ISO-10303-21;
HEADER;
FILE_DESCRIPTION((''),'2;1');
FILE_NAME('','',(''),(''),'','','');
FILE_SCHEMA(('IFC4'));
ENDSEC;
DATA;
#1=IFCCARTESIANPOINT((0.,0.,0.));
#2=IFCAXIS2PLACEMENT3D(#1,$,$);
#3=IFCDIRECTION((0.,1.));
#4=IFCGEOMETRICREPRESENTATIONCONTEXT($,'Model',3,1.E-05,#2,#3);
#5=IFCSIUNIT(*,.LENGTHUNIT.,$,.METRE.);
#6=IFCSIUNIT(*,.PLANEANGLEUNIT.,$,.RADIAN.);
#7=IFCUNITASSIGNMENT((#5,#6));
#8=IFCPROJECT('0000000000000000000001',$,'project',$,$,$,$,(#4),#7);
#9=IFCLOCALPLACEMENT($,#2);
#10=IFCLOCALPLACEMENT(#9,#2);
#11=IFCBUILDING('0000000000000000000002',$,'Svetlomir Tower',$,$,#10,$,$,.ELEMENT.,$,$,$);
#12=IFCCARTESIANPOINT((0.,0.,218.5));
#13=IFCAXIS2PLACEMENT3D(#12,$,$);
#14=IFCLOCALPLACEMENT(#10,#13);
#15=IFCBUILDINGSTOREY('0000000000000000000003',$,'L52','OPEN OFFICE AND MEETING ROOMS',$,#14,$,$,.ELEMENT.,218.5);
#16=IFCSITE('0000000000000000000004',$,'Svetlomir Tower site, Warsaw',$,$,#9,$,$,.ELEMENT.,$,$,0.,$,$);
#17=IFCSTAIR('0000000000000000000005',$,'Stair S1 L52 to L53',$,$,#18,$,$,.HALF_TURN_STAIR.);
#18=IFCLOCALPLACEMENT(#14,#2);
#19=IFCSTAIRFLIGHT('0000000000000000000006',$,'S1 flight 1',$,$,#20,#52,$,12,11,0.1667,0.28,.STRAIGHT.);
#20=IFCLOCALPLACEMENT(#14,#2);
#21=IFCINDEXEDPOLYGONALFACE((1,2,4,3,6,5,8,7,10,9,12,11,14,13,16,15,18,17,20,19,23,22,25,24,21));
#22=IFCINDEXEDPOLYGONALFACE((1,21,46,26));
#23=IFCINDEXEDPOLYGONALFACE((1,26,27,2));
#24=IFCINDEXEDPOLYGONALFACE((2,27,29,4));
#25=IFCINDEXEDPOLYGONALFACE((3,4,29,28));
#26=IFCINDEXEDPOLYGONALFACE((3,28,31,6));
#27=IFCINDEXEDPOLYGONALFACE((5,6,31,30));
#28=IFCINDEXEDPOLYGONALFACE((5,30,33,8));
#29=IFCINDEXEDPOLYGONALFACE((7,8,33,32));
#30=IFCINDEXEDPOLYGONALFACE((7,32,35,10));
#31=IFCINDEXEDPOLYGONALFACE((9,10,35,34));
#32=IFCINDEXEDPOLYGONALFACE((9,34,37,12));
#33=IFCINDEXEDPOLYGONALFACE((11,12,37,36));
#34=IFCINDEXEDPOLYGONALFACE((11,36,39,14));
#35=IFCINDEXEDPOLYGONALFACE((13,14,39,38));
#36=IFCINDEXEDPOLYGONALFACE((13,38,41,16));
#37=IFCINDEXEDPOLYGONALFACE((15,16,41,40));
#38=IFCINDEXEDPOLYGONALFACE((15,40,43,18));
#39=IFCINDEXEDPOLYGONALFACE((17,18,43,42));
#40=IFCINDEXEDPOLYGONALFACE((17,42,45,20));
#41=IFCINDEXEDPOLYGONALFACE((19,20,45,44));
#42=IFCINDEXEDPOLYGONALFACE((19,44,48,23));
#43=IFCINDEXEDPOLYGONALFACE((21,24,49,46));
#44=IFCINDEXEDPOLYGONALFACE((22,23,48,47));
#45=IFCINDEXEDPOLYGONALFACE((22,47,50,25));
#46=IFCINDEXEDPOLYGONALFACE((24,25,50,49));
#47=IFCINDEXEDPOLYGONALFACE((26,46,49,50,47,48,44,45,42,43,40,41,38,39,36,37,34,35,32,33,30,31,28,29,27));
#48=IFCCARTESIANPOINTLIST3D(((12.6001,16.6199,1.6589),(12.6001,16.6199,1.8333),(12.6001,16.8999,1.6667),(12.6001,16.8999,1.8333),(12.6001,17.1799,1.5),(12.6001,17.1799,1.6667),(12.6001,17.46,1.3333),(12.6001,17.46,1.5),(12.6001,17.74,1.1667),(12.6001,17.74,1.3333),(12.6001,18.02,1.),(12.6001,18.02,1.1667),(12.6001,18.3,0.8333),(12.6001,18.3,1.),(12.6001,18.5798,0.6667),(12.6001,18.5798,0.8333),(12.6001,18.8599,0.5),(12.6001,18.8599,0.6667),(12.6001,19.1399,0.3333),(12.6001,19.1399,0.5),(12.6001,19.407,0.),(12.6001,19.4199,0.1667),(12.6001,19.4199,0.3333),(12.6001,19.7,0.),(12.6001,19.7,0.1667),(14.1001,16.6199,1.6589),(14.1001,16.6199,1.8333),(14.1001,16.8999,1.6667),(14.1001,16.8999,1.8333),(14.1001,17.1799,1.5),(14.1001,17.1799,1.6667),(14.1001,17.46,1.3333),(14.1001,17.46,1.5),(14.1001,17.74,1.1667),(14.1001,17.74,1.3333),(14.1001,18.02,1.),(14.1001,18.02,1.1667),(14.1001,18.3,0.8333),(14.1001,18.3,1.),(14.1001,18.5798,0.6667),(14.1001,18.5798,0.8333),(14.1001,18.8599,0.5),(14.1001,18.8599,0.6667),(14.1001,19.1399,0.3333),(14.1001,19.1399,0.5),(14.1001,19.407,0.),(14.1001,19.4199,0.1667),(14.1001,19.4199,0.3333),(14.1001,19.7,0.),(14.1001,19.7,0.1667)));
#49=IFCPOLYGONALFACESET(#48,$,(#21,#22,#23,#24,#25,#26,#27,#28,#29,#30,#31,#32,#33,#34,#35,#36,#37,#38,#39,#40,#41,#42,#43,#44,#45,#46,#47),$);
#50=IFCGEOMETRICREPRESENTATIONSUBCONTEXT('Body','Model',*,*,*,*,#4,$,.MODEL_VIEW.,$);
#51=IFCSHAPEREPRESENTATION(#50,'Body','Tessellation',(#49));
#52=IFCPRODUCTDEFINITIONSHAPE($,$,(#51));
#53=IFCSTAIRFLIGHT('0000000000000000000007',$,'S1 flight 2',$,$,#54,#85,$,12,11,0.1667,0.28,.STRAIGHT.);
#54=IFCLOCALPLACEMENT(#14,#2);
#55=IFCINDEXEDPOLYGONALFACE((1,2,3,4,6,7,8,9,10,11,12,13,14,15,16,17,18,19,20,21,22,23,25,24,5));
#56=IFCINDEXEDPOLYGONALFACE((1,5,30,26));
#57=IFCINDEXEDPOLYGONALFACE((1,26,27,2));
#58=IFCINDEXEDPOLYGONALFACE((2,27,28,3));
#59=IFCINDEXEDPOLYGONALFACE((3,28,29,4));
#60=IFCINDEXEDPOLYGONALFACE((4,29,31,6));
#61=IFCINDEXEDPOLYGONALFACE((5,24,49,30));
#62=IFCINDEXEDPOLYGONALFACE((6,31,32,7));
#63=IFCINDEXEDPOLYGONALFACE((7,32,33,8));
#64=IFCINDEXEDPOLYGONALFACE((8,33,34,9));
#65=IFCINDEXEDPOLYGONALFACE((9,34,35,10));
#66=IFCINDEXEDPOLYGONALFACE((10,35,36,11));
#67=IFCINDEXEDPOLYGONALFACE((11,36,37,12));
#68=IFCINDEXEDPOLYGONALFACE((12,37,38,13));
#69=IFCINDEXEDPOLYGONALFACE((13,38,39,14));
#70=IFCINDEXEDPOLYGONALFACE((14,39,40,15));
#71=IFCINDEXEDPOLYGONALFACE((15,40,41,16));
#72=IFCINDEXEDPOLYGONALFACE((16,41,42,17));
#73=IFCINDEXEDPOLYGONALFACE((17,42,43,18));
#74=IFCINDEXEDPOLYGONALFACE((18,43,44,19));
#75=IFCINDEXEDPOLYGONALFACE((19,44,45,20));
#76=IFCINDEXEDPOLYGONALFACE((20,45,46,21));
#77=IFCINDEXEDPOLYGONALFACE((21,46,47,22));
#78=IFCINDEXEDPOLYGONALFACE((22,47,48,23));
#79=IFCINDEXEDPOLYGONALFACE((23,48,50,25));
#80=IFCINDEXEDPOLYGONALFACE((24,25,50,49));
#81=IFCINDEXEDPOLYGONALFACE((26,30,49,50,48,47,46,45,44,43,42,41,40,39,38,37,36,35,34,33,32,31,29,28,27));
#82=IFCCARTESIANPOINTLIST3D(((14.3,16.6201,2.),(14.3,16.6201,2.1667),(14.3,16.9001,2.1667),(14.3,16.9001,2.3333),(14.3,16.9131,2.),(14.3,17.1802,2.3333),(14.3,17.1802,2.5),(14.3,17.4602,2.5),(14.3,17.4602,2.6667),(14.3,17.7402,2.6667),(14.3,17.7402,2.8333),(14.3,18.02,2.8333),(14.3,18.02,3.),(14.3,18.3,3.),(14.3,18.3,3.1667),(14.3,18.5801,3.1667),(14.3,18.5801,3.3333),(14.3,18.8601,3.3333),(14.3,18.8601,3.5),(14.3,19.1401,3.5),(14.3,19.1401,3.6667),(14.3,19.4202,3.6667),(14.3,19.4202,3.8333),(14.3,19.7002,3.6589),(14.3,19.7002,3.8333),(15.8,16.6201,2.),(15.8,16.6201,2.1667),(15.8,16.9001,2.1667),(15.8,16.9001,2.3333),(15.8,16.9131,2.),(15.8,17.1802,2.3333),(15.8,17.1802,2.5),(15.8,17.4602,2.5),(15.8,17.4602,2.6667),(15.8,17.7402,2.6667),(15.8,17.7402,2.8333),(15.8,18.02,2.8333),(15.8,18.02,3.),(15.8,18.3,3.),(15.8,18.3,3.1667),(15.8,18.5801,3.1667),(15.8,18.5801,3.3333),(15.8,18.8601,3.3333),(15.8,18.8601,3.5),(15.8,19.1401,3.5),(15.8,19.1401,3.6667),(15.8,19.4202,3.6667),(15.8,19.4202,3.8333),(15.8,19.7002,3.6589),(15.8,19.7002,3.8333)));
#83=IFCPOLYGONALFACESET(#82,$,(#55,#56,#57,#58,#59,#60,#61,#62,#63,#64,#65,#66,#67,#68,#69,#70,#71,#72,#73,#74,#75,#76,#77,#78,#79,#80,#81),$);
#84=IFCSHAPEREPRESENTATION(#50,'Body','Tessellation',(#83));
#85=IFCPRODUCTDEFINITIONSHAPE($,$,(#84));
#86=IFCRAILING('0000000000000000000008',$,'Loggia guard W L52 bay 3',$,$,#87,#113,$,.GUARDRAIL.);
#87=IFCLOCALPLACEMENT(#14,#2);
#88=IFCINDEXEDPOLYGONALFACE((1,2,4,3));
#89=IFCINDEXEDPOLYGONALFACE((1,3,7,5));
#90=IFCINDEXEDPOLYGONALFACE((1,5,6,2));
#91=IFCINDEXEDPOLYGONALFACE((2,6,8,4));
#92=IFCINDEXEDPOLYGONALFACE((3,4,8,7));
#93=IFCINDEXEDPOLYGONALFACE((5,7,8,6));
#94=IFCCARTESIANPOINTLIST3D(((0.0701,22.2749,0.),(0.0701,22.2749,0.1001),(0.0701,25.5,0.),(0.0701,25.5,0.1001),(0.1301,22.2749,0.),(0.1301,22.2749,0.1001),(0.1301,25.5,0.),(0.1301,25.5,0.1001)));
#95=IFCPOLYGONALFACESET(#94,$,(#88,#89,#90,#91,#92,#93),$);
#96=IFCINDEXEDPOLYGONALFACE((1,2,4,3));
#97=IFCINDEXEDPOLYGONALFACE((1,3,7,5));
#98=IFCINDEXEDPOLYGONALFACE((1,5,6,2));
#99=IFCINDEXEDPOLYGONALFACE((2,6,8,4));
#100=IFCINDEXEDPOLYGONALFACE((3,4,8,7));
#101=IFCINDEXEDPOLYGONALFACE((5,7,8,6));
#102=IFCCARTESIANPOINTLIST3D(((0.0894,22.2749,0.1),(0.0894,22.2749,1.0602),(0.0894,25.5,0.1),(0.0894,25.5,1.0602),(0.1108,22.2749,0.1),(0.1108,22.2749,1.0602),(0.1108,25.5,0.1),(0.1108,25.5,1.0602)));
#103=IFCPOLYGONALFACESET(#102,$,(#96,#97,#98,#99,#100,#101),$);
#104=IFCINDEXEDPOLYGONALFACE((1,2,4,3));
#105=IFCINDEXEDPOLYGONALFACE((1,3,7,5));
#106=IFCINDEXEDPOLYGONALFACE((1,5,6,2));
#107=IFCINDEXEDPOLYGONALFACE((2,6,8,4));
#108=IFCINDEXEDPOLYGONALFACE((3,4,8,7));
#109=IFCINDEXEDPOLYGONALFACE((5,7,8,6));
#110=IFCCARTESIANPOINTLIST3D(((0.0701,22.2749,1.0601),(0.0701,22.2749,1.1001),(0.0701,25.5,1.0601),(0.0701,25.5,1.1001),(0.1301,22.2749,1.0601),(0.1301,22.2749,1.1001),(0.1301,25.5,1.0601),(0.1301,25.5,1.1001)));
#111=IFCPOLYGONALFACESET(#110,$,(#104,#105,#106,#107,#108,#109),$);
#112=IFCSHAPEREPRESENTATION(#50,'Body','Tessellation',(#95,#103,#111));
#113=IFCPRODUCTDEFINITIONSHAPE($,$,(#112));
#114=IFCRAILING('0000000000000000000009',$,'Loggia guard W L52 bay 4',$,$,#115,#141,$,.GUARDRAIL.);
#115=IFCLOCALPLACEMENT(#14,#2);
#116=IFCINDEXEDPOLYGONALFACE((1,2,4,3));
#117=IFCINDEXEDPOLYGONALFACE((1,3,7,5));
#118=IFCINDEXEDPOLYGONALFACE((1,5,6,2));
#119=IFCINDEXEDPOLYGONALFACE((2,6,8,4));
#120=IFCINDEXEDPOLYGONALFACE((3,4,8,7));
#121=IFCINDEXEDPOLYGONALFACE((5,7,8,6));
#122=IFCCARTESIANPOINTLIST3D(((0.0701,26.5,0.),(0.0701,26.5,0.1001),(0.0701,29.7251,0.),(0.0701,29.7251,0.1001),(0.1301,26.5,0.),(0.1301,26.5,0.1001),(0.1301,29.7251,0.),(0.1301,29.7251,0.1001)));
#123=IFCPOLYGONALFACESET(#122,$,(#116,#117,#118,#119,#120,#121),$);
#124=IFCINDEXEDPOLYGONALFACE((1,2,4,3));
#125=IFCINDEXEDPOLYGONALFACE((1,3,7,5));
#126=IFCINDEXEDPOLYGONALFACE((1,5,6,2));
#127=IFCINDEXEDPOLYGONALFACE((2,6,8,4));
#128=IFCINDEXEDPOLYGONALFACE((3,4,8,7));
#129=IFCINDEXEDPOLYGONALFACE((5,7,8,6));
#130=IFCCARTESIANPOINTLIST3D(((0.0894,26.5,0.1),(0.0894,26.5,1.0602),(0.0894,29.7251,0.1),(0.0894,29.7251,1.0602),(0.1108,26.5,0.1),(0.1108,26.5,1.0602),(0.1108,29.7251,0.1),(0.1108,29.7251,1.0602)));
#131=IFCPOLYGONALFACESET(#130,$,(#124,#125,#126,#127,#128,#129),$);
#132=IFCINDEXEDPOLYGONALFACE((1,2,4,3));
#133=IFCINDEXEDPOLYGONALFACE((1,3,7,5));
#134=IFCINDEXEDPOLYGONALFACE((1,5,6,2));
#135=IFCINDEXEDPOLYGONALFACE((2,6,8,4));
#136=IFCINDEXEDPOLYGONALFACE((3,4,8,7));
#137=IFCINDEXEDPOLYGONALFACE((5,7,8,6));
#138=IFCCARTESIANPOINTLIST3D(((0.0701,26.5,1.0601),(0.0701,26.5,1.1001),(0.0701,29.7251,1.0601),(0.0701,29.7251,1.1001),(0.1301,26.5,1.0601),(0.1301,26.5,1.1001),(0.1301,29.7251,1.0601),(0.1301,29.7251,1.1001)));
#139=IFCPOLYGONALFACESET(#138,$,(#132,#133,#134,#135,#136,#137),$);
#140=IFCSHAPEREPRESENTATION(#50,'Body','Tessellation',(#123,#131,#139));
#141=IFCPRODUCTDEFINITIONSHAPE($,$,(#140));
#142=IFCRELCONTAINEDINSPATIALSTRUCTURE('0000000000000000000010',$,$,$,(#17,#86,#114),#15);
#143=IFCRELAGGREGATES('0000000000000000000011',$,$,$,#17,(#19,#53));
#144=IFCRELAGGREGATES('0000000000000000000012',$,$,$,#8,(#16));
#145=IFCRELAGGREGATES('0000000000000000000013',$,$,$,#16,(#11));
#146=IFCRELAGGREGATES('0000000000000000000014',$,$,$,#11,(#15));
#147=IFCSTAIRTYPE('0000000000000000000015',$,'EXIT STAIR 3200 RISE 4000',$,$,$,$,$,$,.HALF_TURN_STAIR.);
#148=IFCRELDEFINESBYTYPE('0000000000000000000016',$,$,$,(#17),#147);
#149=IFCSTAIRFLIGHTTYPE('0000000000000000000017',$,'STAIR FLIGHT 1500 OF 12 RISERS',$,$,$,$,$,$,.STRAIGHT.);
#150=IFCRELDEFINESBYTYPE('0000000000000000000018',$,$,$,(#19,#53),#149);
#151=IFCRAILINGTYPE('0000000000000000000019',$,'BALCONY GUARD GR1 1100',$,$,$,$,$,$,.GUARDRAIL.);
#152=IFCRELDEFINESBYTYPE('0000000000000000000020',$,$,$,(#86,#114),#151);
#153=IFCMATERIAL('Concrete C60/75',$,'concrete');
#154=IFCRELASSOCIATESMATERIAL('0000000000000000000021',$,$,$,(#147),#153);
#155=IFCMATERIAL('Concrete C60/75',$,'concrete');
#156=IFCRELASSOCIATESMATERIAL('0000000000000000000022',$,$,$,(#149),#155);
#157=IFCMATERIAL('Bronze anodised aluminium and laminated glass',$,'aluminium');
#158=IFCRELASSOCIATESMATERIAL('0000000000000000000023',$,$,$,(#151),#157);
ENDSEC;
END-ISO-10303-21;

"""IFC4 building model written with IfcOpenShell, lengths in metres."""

from ifc_helpers import new_model, si_unit, direction, frame, origin, origin_2d, place, context, subcontext, project, spatial, polyline, rectangle, outline, extrude, material, type_object, element, aggregate, save


model = new_model("IFC4")

# Units and contexts
model_context = context("Model", 3, precision=1e-05, world=origin(), true_north=direction((0.0, 1.0)))
body_context = subcontext(model_context, "Body", "Model", "MODEL_VIEW")
ifc_project = project(units=[si_unit("LENGTHUNIT", "METRE"), si_unit("PLANEANGLEUNIT", "RADIAN")], contexts=[model_context])

# Site, building, storey
site_placement = place(None, origin())
site = spatial("IfcSite", under=ifc_project, at=site_placement, Name="Svetlomir Tower site, Warsaw", CompositionType="ELEMENT", RefElevation=0.0)
building_placement = place(site_placement, origin())
building = spatial("IfcBuilding", under=site, at=building_placement, Name="Svetlomir Tower", CompositionType="ELEMENT")
storey_placement = place(building_placement, frame((0.0, 0.0, 218.5)))
storey = spatial("IfcBuildingStorey", under=building, at=storey_placement, Name="L52", Description="OPEN OFFICE AND MEETING ROOMS", CompositionType="ELEMENT", Elevation=218.5)

# Stair, stair flights
ifc_material_1 = material(Name="Concrete C60/75", Category="concrete")
stair_type = type_object("IfcStairType", Name="EXIT STAIR 3200 RISE 4000", PredefinedType="HALF_TURN_STAIR", material=ifc_material_1)
stair_placement = place(storey_placement, origin())
stair = element("IfcStair", 1, at=stair_placement, inside=storey, type_object=stair_type, Name="Stair S1 L52 to L53", PredefinedType="HALF_TURN_STAIR")
ifc_material_2 = material(Name="Concrete C60/75", Category="concrete")
stair_flight_type = type_object("IfcStairFlightType", Name="STAIR FLIGHT 1500 OF 12 RISERS", PredefinedType="STRAIGHT", material=ifc_material_2)
stair_flight_1_placement = place(storey_placement, frame((13.3501, 19.7, 0.0), z_axis=(0.0, 0.0, 1.0), x_axis=(0.0, -1.0, 0.0)))
stair_flight_1 = element("IfcStairFlight", 2, at=stair_flight_1_placement, type_object=stair_flight_type, Name="S1 flight 1", NumberOfRisers=12, NumberOfTreads=11, PredefinedType="STRAIGHT", RiserHeight=0.1667, TreadLength=0.28, context=body_context, shape_type="SweptSolid", body=[
    extrude(outline(polyline([(0.0, 0.0), (0.0, 0.1667), (0.28, 0.1667), (0.28, 0.3333), (0.5601, 0.3333), (0.5601, 0.5), (0.8401, 0.5), (0.8401, 0.6667), (1.1201, 0.6667), (1.1201, 0.8333), (1.3999, 0.8333), (1.3999, 1.0), (1.6799, 1.0), (1.6799, 1.1667), (1.96, 1.1667), (1.96, 1.3333), (2.24, 1.3333), (2.24, 1.5), (2.52, 1.5), (2.52, 1.6667), (2.8, 1.6667), (2.8, 1.8333), (3.0801, 1.8333), (3.0801, 2.0), (3.0801, 1.6589), (0.293, 0.0), (0.0, 0.0)])), frame((0.0, 0.75, 0.0), z_axis=(0.0, -1.0, 0.0), x_axis=(1.0, 0.0, 0.0)), (0.0, 0.0, 1.0), 1.5),
])
stair_flight_2_placement = place(storey_placement, frame((15.05, 16.6201, 2.0), z_axis=(0.0, 0.0, 1.0), x_axis=(0.0, 1.0, 0.0)))
stair_flight_2 = element("IfcStairFlight", 3, at=stair_flight_2_placement, type_object=stair_flight_type, Name="S1 flight 2", NumberOfRisers=12, NumberOfTreads=11, PredefinedType="STRAIGHT", RiserHeight=0.1667, TreadLength=0.28, context=body_context, shape_type="SweptSolid", body=[
    extrude(outline(polyline([(0.0, 0.0), (0.0, 0.1667), (0.28, 0.1667), (0.28, 0.3333), (0.5601, 0.3333), (0.5601, 0.5), (0.8401, 0.5), (0.8401, 0.6667), (1.1201, 0.6667), (1.1201, 0.8333), (1.3999, 0.8333), (1.3999, 1.0), (1.6799, 1.0), (1.6799, 1.1667), (1.96, 1.1667), (1.96, 1.3333), (2.24, 1.3333), (2.24, 1.5), (2.52, 1.5), (2.52, 1.6667), (2.8, 1.6667), (2.8, 1.8333), (3.0801, 1.8333), (3.0801, 2.0), (3.0801, 1.6589), (0.293, 0.0), (0.0, 0.0)])), frame((0.0, 0.75, 0.0), z_axis=(0.0, -1.0, 0.0), x_axis=(1.0, 0.0, 0.0)), (0.0, 0.0, 1.0), 1.5),
])
aggregate(stair, [stair_flight_1, stair_flight_2])

# Railings
ifc_material_3 = material(Name="Bronze anodised aluminium and laminated glass", Category="aluminium")
railing_type_1 = type_object("IfcRailingType", Name="BALCONY GUARD GR1 1100", PredefinedType="GUARDRAIL", material=ifc_material_3)
for number, where, name in (
    (4, (0.1001, 22.2749, 0.0), "Loggia guard W L52 bay 3"),
    (5, (0.1001, 26.5, 0.0), "Loggia guard W L52 bay 4"),
):
    element("IfcRailing", number, at=place(storey_placement, frame(where)), inside=storey, type_object=railing_type_1, Name=name, PredefinedType="GUARDRAIL", context=body_context, shape_type="SweptSolid", body=[
        extrude(rectangle(XDim=0.0601, YDim=0.1001, at=origin_2d()), frame((0.0, 0.0, 0.05), z_axis=(0.0, 1.0, 0.0), x_axis=(-1.0, 0.0, 0.0)), (0.0, 0.0, 1.0), 3.2251),
        extrude(rectangle(XDim=0.0215, YDim=0.9602, at=origin_2d()), frame((0.0, 0.0, 0.5801), z_axis=(0.0, 1.0, 0.0), x_axis=(-1.0, 0.0, 0.0)), (0.0, 0.0, 1.0), 3.2251),
        extrude(rectangle(XDim=0.0601, YDim=0.04, at=origin_2d()), frame((0.0, 0.0, 1.0801), z_axis=(0.0, 1.0, 0.0), x_axis=(-1.0, 0.0, 0.0)), (0.0, 0.0, 1.0), 3.2251),
    ])

save(model, "model.ifc")
